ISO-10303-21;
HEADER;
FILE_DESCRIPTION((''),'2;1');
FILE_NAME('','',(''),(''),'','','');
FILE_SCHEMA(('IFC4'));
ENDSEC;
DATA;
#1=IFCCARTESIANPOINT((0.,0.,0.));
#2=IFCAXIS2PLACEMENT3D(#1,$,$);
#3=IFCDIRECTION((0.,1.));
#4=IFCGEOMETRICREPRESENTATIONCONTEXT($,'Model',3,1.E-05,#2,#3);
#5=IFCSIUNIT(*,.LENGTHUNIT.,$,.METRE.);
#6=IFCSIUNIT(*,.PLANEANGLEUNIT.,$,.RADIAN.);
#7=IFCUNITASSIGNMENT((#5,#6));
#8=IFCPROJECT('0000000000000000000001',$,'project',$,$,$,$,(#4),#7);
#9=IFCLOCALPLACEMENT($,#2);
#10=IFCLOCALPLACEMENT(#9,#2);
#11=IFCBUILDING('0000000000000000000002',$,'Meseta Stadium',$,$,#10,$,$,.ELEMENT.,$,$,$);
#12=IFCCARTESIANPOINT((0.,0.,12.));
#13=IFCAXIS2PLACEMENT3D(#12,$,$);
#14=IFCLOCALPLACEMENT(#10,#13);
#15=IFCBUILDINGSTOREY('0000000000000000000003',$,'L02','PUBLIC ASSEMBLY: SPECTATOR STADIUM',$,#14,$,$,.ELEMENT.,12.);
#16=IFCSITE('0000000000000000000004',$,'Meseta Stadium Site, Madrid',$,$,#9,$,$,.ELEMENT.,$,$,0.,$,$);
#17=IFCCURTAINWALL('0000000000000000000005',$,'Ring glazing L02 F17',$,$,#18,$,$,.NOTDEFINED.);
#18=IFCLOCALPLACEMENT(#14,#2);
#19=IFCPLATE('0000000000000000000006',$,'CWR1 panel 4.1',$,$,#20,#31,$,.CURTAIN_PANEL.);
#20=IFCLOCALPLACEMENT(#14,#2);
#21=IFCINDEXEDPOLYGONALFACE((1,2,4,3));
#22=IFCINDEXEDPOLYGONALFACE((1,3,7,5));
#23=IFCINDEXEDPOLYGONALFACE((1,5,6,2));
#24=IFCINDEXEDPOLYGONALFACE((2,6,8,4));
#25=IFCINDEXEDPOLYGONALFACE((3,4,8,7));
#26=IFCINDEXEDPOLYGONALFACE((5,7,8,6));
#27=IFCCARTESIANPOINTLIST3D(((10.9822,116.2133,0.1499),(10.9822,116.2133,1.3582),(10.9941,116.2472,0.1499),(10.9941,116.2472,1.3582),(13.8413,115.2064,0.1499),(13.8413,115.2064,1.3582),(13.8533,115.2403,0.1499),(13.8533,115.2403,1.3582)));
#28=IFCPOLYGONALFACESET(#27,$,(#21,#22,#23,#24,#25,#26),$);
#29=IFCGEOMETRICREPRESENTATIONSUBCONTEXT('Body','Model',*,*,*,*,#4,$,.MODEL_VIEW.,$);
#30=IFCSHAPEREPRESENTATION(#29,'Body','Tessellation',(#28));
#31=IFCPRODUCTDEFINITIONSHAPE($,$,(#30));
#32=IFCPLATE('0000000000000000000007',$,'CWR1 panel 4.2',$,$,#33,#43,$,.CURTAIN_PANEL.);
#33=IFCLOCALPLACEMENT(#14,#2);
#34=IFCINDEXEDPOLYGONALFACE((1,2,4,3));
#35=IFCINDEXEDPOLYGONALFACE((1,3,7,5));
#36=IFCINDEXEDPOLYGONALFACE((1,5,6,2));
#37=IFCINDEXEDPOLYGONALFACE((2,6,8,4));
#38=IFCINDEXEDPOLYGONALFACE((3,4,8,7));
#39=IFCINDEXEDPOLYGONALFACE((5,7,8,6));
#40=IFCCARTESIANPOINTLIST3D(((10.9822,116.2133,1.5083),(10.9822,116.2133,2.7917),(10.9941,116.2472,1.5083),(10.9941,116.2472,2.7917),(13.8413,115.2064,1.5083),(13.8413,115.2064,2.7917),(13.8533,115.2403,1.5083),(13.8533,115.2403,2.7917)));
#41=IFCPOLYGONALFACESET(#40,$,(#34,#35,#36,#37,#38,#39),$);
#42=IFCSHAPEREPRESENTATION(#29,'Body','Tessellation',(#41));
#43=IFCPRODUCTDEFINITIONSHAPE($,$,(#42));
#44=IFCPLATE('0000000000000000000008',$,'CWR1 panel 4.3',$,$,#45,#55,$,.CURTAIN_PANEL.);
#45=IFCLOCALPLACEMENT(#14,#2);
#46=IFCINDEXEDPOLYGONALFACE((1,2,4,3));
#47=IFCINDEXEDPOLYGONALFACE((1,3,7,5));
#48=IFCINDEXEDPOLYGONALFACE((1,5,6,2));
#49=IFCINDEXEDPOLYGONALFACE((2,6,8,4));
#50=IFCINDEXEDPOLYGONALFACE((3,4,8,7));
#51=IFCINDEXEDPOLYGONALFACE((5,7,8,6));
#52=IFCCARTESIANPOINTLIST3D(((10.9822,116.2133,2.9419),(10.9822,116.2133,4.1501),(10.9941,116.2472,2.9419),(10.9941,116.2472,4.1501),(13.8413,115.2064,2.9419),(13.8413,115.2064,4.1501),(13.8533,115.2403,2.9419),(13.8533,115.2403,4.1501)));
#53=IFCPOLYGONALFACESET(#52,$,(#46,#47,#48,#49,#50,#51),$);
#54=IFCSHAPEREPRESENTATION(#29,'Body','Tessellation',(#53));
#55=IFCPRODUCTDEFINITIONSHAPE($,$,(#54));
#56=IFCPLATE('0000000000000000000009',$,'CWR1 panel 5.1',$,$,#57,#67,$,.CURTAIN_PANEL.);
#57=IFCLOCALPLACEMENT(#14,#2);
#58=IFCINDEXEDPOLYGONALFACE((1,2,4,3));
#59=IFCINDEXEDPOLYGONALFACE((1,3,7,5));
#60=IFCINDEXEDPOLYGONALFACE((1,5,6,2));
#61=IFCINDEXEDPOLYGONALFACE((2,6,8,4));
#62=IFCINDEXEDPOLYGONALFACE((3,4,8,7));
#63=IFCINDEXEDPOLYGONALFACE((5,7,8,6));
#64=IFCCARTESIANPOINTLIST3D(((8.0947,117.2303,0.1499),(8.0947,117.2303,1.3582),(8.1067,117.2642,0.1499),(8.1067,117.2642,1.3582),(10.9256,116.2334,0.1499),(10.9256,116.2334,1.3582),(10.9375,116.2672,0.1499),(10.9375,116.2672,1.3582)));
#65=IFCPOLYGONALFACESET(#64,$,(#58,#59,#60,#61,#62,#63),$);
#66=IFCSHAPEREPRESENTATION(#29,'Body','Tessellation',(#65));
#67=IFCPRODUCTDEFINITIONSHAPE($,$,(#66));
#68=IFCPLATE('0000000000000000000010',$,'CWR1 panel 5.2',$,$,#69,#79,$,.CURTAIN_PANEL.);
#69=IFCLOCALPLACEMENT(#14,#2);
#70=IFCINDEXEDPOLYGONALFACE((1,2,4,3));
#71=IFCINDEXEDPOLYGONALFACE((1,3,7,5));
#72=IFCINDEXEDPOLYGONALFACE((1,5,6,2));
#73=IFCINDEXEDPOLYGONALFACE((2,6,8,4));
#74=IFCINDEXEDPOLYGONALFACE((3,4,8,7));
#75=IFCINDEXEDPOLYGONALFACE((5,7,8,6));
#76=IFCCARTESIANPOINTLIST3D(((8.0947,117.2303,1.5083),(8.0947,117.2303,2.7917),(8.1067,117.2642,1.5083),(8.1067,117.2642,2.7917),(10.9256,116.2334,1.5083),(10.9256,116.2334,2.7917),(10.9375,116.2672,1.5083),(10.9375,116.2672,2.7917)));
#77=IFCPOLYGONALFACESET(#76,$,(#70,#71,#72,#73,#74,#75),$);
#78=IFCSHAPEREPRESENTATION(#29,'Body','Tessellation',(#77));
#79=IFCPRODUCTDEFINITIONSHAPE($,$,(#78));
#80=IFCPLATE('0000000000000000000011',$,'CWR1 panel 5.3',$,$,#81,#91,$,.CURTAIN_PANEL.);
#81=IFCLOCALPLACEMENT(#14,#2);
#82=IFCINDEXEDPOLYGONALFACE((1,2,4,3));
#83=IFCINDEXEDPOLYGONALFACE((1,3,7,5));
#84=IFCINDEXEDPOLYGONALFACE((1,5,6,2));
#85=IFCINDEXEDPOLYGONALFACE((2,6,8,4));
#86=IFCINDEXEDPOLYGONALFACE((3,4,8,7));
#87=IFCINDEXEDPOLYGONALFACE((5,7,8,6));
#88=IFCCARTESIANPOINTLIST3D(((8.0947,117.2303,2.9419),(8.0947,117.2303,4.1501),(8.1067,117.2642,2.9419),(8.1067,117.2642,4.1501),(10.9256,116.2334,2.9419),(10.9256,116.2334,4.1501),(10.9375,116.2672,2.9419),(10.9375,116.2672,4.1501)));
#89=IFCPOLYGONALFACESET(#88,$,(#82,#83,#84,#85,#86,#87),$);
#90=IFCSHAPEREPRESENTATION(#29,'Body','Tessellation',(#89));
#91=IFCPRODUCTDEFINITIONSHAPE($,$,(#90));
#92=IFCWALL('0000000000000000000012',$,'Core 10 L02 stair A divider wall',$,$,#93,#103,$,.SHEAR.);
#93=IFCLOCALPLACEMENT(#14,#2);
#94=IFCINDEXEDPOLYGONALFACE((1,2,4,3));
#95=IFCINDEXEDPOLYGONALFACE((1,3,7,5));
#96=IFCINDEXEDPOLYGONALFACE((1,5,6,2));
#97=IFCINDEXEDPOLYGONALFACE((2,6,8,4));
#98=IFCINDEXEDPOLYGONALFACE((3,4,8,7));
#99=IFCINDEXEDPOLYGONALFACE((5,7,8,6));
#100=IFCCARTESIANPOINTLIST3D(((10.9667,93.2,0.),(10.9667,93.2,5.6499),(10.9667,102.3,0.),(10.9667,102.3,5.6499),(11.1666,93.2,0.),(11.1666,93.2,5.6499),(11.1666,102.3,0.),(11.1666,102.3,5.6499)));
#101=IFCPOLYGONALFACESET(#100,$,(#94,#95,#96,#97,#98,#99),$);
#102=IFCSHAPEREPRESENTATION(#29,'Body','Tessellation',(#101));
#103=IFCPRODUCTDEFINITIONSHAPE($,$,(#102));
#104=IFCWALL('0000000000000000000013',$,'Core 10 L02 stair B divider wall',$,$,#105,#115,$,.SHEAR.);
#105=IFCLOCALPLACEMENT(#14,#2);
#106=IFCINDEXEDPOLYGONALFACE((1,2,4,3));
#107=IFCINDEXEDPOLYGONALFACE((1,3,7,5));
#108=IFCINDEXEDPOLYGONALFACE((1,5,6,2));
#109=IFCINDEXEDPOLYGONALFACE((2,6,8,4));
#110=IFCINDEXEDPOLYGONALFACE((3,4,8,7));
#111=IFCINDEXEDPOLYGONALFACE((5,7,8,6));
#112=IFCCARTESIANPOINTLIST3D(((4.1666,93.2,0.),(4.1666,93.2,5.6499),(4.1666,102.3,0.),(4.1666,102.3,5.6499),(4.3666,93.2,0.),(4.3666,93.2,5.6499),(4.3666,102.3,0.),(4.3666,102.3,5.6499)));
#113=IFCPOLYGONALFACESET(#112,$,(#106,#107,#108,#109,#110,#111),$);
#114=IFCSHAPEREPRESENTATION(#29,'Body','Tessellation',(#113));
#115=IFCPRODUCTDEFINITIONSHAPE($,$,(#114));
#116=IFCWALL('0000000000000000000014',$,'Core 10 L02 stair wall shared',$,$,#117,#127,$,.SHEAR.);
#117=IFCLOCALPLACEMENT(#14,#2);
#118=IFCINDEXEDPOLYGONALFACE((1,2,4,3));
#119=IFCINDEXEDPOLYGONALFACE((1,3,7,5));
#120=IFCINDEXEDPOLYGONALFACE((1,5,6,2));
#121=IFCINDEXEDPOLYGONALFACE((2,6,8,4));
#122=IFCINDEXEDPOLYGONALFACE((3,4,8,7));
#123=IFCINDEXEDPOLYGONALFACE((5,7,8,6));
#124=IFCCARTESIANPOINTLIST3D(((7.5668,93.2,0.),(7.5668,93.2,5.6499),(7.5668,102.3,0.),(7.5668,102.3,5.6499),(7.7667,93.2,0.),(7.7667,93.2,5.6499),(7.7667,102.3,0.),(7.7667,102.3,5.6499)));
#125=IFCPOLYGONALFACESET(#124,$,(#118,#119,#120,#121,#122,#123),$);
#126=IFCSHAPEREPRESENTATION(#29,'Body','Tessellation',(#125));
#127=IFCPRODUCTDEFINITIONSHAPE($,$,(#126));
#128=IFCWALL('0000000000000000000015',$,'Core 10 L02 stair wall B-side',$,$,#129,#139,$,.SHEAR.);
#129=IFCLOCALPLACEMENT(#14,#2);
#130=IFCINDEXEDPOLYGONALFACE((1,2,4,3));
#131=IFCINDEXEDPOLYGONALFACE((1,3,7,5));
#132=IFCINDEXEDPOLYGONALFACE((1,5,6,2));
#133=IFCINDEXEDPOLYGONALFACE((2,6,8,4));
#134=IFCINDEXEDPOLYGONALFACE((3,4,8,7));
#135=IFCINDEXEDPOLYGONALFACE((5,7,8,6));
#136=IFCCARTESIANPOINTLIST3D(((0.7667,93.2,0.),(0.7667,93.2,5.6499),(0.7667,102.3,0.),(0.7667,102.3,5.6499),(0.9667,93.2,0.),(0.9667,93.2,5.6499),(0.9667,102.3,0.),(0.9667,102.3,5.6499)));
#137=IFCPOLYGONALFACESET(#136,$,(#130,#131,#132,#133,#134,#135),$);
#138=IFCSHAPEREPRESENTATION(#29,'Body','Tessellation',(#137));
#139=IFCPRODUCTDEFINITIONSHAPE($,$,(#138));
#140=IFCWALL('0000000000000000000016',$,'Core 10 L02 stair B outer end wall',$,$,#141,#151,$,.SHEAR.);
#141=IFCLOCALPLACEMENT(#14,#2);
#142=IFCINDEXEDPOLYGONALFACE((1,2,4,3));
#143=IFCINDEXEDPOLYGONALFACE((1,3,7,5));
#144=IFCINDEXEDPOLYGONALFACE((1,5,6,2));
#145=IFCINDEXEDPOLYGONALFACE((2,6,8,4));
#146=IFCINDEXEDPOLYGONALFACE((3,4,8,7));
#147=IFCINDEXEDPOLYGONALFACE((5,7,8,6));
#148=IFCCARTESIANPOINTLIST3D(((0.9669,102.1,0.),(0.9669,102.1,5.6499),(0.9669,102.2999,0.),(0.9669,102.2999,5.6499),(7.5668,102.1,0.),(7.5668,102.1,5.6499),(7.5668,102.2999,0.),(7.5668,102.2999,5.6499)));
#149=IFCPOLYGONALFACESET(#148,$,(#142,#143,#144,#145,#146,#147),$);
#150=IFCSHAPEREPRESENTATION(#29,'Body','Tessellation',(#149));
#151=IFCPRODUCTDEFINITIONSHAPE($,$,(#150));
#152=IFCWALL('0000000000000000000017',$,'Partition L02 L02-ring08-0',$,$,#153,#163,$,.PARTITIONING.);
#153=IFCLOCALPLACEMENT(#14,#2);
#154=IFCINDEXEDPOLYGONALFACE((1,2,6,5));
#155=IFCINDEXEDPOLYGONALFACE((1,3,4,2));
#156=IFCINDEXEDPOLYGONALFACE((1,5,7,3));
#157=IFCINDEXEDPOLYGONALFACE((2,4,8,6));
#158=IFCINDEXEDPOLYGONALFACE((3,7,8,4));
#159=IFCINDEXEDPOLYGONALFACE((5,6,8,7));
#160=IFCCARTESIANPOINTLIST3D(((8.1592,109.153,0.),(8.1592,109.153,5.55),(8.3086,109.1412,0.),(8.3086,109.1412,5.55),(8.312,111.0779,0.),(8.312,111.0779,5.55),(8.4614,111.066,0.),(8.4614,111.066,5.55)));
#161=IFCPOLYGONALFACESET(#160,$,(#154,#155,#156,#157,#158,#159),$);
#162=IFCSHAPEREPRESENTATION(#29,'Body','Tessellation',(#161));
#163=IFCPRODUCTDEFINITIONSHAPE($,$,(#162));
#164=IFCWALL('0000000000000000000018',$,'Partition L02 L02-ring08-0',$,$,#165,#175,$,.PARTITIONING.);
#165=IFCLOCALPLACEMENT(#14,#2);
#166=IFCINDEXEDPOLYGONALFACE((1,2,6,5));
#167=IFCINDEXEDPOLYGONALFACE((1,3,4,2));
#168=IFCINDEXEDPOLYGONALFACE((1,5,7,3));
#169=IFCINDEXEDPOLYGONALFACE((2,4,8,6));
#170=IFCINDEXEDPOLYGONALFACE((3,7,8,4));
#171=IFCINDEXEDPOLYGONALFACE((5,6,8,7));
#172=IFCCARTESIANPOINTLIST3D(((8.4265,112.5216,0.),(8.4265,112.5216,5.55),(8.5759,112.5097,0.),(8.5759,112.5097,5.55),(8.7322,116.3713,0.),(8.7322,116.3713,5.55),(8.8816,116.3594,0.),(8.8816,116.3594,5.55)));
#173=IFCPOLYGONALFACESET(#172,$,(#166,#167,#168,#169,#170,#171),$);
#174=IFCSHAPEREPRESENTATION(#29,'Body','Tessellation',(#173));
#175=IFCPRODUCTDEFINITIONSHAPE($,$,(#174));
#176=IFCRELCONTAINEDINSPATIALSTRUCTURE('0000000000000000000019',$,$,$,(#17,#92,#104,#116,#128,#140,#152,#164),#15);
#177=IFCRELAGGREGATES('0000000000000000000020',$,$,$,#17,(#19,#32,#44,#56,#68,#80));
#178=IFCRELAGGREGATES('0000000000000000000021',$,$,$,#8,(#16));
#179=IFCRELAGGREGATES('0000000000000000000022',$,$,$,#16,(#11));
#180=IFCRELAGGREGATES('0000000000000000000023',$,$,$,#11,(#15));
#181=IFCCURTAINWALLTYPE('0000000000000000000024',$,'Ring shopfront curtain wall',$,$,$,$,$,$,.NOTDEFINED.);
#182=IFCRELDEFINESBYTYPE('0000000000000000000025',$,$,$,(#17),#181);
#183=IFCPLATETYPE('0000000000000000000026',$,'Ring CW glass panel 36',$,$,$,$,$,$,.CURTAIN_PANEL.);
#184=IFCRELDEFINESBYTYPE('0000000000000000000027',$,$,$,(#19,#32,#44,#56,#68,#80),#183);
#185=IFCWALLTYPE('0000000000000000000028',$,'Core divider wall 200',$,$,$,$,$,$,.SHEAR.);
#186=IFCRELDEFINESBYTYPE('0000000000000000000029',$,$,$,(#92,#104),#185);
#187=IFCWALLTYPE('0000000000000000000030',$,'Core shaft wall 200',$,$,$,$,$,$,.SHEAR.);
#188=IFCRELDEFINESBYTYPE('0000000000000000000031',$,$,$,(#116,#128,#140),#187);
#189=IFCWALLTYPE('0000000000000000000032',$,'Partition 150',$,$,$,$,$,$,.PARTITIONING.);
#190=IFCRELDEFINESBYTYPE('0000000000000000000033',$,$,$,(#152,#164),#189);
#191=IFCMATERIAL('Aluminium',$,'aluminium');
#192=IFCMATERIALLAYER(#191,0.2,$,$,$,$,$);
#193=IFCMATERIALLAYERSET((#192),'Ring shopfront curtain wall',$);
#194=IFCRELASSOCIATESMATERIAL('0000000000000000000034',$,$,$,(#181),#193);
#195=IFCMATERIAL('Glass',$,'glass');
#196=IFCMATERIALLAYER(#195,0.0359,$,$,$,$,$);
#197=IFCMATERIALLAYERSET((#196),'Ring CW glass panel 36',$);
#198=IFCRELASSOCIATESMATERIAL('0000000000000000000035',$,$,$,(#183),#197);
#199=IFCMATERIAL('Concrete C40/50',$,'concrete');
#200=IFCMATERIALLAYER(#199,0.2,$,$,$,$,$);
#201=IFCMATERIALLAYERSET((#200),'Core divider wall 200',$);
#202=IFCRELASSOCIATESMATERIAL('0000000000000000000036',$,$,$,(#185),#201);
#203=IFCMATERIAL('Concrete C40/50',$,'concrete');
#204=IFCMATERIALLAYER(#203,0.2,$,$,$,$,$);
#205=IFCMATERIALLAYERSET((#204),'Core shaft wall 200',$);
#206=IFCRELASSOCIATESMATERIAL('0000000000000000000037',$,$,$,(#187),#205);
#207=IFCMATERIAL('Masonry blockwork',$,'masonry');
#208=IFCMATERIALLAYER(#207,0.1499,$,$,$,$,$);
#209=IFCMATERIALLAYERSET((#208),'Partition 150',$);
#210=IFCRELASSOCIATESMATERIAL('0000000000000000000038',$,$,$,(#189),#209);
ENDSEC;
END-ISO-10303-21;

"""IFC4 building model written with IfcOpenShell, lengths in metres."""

from ifc_helpers import new_model, si_unit, direction, frame, frame_2d, origin, origin_2d, place, context, subcontext, project, spatial, rectangle, extrude, material, layer, layer_set, type_object, element, aggregate, save


model = new_model("IFC4")

# Units and contexts
model_context = context("Model", 3, precision=1e-05, world=origin(), true_north=direction((0.0, 1.0)))
body_context = subcontext(model_context, "Body", "Model", "MODEL_VIEW")
ifc_project = project(units=[si_unit("LENGTHUNIT", "METRE"), si_unit("PLANEANGLEUNIT", "RADIAN")], contexts=[model_context])

# Site, building, storey
site_placement = place(None, origin())
site = spatial("IfcSite", under=ifc_project, at=site_placement, Name="Meseta Stadium Site, Madrid", CompositionType="ELEMENT", RefElevation=0.0)
building_placement = place(site_placement, origin())
building = spatial("IfcBuilding", under=site, at=building_placement, Name="Meseta Stadium", CompositionType="ELEMENT")
storey_placement = place(building_placement, frame((0.0, 0.0, 12.0)))
storey = spatial("IfcBuildingStorey", under=building, at=storey_placement, Name="L02", Description="PUBLIC ASSEMBLY: SPECTATOR STADIUM", CompositionType="ELEMENT", Elevation=12.0)

# Curtain wall, plates
ifc_material_1 = material(Name="Aluminium", Category="aluminium")
ifc_layer_1 = layer(ifc_material_1, 0.2)
ifc_layer_set_1 = layer_set([ifc_layer_1], Name="Ring shopfront curtain wall")
curtain_wall_type = type_object("IfcCurtainWallType", Name="Ring shopfront curtain wall", PredefinedType="NOTDEFINED", material=ifc_layer_set_1)
curtain_wall_placement = place(storey_placement, origin())
curtain_wall = element("IfcCurtainWall", 1, at=curtain_wall_placement, inside=storey, type_object=curtain_wall_type, Name="Ring glazing L02 F17", PredefinedType="NOTDEFINED")
ifc_material_2 = material(Name="Glass", Category="glass")
ifc_layer_2 = layer(ifc_material_2, 0.0359)
ifc_layer_set_2 = layer_set([ifc_layer_2], Name="Ring CW glass panel 36")
plate_type = type_object("IfcPlateType", Name="Ring CW glass panel 36", PredefinedType="CURTAIN_PANEL", material=ifc_layer_set_2)
plate_1_placement = place(storey_placement, frame((12.4177, 115.7268, 0.1499), z_axis=(0.0, 0.0, 1.0), x_axis=(-0.943218, 0.332174, 0.0)))
plate_1 = element("IfcPlate", 2, at=plate_1_placement, type_object=plate_type, Name="CWR1 panel 4.1", PredefinedType="CURTAIN_PANEL", context=body_context, shape_type="SweptSolid", body=[
    extrude(rectangle(XDim=3.0312, YDim=0.0359, at=origin_2d()), origin(), (0.0, 0.0, 1.0), 1.2083),
])
plate_2_placement = place(storey_placement, frame((12.4177, 115.7268, 1.5083), z_axis=(0.0, 0.0, 1.0), x_axis=(-0.943218, 0.332174, 0.0)))
plate_2 = element("IfcPlate", 3, at=plate_2_placement, type_object=plate_type, Name="CWR1 panel 4.2", PredefinedType="CURTAIN_PANEL", context=body_context, shape_type="SweptSolid", body=[
    extrude(rectangle(XDim=3.0312, YDim=0.0359, at=origin_2d()), origin(), (0.0, 0.0, 1.0), 1.2834),
])
plate_3_placement = place(storey_placement, frame((12.4177, 115.7268, 2.9419), z_axis=(0.0, 0.0, 1.0), x_axis=(-0.943218, 0.332174, 0.0)))
plate_3 = element("IfcPlate", 4, at=plate_3_placement, type_object=plate_type, Name="CWR1 panel 4.3", PredefinedType="CURTAIN_PANEL", context=body_context, shape_type="SweptSolid", body=[
    extrude(rectangle(XDim=3.0312, YDim=0.0359, at=origin_2d()), origin(), (0.0, 0.0, 1.0), 1.2083),
])
plate_4_placement = place(storey_placement, frame((9.5161, 116.7488, 0.1499), z_axis=(0.0, 0.0, 1.0), x_axis=(-0.943218, 0.332174, 0.0)))
plate_4 = element("IfcPlate", 5, at=plate_4_placement, type_object=plate_type, Name="CWR1 panel 5.1", PredefinedType="CURTAIN_PANEL", context=body_context, shape_type="SweptSolid", body=[
    extrude(rectangle(XDim=3.0012, YDim=0.0359, at=origin_2d()), origin(), (0.0, 0.0, 1.0), 1.2083),
])
plate_5_placement = place(storey_placement, frame((9.5161, 116.7488, 1.5083), z_axis=(0.0, 0.0, 1.0), x_axis=(-0.943218, 0.332174, 0.0)))
plate_5 = element("IfcPlate", 6, at=plate_5_placement, type_object=plate_type, Name="CWR1 panel 5.2", PredefinedType="CURTAIN_PANEL", context=body_context, shape_type="SweptSolid", body=[
    extrude(rectangle(XDim=3.0012, YDim=0.0359, at=origin_2d()), origin(), (0.0, 0.0, 1.0), 1.2834),
])
plate_6_placement = place(storey_placement, frame((9.5161, 116.7488, 2.9419), z_axis=(0.0, 0.0, 1.0), x_axis=(-0.943218, 0.332174, 0.0)))
plate_6 = element("IfcPlate", 7, at=plate_6_placement, type_object=plate_type, Name="CWR1 panel 5.3", PredefinedType="CURTAIN_PANEL", context=body_context, shape_type="SweptSolid", body=[
    extrude(rectangle(XDim=3.0012, YDim=0.0359, at=origin_2d()), origin(), (0.0, 0.0, 1.0), 1.2083),
])
aggregate(curtain_wall, [plate_1, plate_2, plate_3, plate_4, plate_5, plate_6])

# Walls
ifc_material_3 = material(Name="Concrete C40/50", Category="concrete")
ifc_layer_3 = layer(ifc_material_3, 0.2)
ifc_layer_set_3 = layer_set([ifc_layer_3], Name="Core divider wall 200")
wall_type_1 = type_object("IfcWallType", Name="Core divider wall 200", PredefinedType="SHEAR", material=ifc_layer_set_3)
for number, where, z_axis, x_axis, name in (
    (8, (11.0667, 102.3, 0.0), (0.0, 0.0, 1.0), (0.0, -1.0, 0.0), "Core 10 L02 stair A divider wall"),
    (9, (4.2666, 102.3, 0.0), (0.0, 0.0, 1.0), (0.0, -1.0, 0.0), "Core 10 L02 stair B divider wall"),
):
    element("IfcWall", number, at=place(storey_placement, frame(where, z_axis=z_axis, x_axis=x_axis)), inside=storey, type_object=wall_type_1, Name=name, PredefinedType="SHEAR", context=body_context, shape_type="SweptSolid", body=[
        extrude(rectangle(XDim=9.1001, YDim=0.2, at=frame_2d((4.55, 0.0))), origin(), (0.0, 0.0, 1.0), 5.6499),
    ])
ifc_material_4 = material(Name="Concrete C40/50", Category="concrete")
ifc_layer_4 = layer(ifc_material_4, 0.2)
ifc_layer_set_4 = layer_set([ifc_layer_4], Name="Core shaft wall 200")
wall_type_2 = type_object("IfcWallType", Name="Core shaft wall 200", PredefinedType="SHEAR", material=ifc_layer_set_4)
for number, where, z_axis, x_axis, name in (
    (10, (7.6667, 102.3, 0.0), (0.0, 0.0, 1.0), (0.0, -1.0, 0.0), "Core 10 L02 stair wall shared"),
    (11, (0.8667, 102.3, 0.0), (0.0, 0.0, 1.0), (0.0, -1.0, 0.0), "Core 10 L02 stair wall B-side"),
):
    element("IfcWall", number, at=place(storey_placement, frame(where, z_axis=z_axis, x_axis=x_axis)), inside=storey, type_object=wall_type_2, Name=name, PredefinedType="SHEAR", context=body_context, shape_type="SweptSolid", body=[
        extrude(rectangle(XDim=9.1001, YDim=0.2, at=frame_2d((4.55, 0.0))), origin(), (0.0, 0.0, 1.0), 5.6499),
    ])
wall_1_placement = place(storey_placement, frame((7.5667, 102.2, 0.0), z_axis=(0.0, 0.0, 1.0), x_axis=(-1.0, 0.0, 0.0)))
element("IfcWall", 12, at=wall_1_placement, inside=storey, type_object=wall_type_2, Name="Core 10 L02 stair B outer end wall", PredefinedType="SHEAR", context=body_context, shape_type="SweptSolid", body=[
    extrude(rectangle(XDim=6.5999, YDim=0.2, at=frame_2d((3.2998, 0.0))), origin(), (0.0, 0.0, 1.0), 5.6499),
])
ifc_material_5 = material(Name="Masonry blockwork", Category="masonry")
ifc_layer_5 = layer(ifc_material_5, 0.1499)
ifc_layer_set_5 = layer_set([ifc_layer_5], Name="Partition 150")
wall_type_3 = type_object("IfcWallType", Name="Partition 150", PredefinedType="PARTITIONING", material=ifc_layer_set_5)
wall_2_placement = place(storey_placement, frame((8.2339, 109.1472, 0.0), z_axis=(0.0, 0.0, 1.0), x_axis=(0.079152, 0.996863, 0.0)))
element("IfcWall", 13, at=wall_2_placement, inside=storey, type_object=wall_type_3, Name="Partition L02 L02-ring08-0", PredefinedType="PARTITIONING", context=body_context, shape_type="SweptSolid", body=[
    extrude(rectangle(XDim=1.9309, YDim=0.1499, at=frame_2d((0.9653, 0.0))), origin(), (0.0, 0.0, 1.0), 5.55),
])
wall_3_placement = place(storey_placement, frame((8.5012, 112.5156, 0.0), z_axis=(0.0, 0.0, 1.0), x_axis=(0.079152, 0.996863, 0.0)))
element("IfcWall", 14, at=wall_3_placement, inside=storey, type_object=wall_type_3, Name="Partition L02 L02-ring08-0", PredefinedType="PARTITIONING", context=body_context, shape_type="SweptSolid", body=[
    extrude(rectangle(XDim=3.8618, YDim=0.1499, at=frame_2d((1.9309, 0.0))), origin(), (0.0, 0.0, 1.0), 5.55),
])

save(model, "model.ifc")
